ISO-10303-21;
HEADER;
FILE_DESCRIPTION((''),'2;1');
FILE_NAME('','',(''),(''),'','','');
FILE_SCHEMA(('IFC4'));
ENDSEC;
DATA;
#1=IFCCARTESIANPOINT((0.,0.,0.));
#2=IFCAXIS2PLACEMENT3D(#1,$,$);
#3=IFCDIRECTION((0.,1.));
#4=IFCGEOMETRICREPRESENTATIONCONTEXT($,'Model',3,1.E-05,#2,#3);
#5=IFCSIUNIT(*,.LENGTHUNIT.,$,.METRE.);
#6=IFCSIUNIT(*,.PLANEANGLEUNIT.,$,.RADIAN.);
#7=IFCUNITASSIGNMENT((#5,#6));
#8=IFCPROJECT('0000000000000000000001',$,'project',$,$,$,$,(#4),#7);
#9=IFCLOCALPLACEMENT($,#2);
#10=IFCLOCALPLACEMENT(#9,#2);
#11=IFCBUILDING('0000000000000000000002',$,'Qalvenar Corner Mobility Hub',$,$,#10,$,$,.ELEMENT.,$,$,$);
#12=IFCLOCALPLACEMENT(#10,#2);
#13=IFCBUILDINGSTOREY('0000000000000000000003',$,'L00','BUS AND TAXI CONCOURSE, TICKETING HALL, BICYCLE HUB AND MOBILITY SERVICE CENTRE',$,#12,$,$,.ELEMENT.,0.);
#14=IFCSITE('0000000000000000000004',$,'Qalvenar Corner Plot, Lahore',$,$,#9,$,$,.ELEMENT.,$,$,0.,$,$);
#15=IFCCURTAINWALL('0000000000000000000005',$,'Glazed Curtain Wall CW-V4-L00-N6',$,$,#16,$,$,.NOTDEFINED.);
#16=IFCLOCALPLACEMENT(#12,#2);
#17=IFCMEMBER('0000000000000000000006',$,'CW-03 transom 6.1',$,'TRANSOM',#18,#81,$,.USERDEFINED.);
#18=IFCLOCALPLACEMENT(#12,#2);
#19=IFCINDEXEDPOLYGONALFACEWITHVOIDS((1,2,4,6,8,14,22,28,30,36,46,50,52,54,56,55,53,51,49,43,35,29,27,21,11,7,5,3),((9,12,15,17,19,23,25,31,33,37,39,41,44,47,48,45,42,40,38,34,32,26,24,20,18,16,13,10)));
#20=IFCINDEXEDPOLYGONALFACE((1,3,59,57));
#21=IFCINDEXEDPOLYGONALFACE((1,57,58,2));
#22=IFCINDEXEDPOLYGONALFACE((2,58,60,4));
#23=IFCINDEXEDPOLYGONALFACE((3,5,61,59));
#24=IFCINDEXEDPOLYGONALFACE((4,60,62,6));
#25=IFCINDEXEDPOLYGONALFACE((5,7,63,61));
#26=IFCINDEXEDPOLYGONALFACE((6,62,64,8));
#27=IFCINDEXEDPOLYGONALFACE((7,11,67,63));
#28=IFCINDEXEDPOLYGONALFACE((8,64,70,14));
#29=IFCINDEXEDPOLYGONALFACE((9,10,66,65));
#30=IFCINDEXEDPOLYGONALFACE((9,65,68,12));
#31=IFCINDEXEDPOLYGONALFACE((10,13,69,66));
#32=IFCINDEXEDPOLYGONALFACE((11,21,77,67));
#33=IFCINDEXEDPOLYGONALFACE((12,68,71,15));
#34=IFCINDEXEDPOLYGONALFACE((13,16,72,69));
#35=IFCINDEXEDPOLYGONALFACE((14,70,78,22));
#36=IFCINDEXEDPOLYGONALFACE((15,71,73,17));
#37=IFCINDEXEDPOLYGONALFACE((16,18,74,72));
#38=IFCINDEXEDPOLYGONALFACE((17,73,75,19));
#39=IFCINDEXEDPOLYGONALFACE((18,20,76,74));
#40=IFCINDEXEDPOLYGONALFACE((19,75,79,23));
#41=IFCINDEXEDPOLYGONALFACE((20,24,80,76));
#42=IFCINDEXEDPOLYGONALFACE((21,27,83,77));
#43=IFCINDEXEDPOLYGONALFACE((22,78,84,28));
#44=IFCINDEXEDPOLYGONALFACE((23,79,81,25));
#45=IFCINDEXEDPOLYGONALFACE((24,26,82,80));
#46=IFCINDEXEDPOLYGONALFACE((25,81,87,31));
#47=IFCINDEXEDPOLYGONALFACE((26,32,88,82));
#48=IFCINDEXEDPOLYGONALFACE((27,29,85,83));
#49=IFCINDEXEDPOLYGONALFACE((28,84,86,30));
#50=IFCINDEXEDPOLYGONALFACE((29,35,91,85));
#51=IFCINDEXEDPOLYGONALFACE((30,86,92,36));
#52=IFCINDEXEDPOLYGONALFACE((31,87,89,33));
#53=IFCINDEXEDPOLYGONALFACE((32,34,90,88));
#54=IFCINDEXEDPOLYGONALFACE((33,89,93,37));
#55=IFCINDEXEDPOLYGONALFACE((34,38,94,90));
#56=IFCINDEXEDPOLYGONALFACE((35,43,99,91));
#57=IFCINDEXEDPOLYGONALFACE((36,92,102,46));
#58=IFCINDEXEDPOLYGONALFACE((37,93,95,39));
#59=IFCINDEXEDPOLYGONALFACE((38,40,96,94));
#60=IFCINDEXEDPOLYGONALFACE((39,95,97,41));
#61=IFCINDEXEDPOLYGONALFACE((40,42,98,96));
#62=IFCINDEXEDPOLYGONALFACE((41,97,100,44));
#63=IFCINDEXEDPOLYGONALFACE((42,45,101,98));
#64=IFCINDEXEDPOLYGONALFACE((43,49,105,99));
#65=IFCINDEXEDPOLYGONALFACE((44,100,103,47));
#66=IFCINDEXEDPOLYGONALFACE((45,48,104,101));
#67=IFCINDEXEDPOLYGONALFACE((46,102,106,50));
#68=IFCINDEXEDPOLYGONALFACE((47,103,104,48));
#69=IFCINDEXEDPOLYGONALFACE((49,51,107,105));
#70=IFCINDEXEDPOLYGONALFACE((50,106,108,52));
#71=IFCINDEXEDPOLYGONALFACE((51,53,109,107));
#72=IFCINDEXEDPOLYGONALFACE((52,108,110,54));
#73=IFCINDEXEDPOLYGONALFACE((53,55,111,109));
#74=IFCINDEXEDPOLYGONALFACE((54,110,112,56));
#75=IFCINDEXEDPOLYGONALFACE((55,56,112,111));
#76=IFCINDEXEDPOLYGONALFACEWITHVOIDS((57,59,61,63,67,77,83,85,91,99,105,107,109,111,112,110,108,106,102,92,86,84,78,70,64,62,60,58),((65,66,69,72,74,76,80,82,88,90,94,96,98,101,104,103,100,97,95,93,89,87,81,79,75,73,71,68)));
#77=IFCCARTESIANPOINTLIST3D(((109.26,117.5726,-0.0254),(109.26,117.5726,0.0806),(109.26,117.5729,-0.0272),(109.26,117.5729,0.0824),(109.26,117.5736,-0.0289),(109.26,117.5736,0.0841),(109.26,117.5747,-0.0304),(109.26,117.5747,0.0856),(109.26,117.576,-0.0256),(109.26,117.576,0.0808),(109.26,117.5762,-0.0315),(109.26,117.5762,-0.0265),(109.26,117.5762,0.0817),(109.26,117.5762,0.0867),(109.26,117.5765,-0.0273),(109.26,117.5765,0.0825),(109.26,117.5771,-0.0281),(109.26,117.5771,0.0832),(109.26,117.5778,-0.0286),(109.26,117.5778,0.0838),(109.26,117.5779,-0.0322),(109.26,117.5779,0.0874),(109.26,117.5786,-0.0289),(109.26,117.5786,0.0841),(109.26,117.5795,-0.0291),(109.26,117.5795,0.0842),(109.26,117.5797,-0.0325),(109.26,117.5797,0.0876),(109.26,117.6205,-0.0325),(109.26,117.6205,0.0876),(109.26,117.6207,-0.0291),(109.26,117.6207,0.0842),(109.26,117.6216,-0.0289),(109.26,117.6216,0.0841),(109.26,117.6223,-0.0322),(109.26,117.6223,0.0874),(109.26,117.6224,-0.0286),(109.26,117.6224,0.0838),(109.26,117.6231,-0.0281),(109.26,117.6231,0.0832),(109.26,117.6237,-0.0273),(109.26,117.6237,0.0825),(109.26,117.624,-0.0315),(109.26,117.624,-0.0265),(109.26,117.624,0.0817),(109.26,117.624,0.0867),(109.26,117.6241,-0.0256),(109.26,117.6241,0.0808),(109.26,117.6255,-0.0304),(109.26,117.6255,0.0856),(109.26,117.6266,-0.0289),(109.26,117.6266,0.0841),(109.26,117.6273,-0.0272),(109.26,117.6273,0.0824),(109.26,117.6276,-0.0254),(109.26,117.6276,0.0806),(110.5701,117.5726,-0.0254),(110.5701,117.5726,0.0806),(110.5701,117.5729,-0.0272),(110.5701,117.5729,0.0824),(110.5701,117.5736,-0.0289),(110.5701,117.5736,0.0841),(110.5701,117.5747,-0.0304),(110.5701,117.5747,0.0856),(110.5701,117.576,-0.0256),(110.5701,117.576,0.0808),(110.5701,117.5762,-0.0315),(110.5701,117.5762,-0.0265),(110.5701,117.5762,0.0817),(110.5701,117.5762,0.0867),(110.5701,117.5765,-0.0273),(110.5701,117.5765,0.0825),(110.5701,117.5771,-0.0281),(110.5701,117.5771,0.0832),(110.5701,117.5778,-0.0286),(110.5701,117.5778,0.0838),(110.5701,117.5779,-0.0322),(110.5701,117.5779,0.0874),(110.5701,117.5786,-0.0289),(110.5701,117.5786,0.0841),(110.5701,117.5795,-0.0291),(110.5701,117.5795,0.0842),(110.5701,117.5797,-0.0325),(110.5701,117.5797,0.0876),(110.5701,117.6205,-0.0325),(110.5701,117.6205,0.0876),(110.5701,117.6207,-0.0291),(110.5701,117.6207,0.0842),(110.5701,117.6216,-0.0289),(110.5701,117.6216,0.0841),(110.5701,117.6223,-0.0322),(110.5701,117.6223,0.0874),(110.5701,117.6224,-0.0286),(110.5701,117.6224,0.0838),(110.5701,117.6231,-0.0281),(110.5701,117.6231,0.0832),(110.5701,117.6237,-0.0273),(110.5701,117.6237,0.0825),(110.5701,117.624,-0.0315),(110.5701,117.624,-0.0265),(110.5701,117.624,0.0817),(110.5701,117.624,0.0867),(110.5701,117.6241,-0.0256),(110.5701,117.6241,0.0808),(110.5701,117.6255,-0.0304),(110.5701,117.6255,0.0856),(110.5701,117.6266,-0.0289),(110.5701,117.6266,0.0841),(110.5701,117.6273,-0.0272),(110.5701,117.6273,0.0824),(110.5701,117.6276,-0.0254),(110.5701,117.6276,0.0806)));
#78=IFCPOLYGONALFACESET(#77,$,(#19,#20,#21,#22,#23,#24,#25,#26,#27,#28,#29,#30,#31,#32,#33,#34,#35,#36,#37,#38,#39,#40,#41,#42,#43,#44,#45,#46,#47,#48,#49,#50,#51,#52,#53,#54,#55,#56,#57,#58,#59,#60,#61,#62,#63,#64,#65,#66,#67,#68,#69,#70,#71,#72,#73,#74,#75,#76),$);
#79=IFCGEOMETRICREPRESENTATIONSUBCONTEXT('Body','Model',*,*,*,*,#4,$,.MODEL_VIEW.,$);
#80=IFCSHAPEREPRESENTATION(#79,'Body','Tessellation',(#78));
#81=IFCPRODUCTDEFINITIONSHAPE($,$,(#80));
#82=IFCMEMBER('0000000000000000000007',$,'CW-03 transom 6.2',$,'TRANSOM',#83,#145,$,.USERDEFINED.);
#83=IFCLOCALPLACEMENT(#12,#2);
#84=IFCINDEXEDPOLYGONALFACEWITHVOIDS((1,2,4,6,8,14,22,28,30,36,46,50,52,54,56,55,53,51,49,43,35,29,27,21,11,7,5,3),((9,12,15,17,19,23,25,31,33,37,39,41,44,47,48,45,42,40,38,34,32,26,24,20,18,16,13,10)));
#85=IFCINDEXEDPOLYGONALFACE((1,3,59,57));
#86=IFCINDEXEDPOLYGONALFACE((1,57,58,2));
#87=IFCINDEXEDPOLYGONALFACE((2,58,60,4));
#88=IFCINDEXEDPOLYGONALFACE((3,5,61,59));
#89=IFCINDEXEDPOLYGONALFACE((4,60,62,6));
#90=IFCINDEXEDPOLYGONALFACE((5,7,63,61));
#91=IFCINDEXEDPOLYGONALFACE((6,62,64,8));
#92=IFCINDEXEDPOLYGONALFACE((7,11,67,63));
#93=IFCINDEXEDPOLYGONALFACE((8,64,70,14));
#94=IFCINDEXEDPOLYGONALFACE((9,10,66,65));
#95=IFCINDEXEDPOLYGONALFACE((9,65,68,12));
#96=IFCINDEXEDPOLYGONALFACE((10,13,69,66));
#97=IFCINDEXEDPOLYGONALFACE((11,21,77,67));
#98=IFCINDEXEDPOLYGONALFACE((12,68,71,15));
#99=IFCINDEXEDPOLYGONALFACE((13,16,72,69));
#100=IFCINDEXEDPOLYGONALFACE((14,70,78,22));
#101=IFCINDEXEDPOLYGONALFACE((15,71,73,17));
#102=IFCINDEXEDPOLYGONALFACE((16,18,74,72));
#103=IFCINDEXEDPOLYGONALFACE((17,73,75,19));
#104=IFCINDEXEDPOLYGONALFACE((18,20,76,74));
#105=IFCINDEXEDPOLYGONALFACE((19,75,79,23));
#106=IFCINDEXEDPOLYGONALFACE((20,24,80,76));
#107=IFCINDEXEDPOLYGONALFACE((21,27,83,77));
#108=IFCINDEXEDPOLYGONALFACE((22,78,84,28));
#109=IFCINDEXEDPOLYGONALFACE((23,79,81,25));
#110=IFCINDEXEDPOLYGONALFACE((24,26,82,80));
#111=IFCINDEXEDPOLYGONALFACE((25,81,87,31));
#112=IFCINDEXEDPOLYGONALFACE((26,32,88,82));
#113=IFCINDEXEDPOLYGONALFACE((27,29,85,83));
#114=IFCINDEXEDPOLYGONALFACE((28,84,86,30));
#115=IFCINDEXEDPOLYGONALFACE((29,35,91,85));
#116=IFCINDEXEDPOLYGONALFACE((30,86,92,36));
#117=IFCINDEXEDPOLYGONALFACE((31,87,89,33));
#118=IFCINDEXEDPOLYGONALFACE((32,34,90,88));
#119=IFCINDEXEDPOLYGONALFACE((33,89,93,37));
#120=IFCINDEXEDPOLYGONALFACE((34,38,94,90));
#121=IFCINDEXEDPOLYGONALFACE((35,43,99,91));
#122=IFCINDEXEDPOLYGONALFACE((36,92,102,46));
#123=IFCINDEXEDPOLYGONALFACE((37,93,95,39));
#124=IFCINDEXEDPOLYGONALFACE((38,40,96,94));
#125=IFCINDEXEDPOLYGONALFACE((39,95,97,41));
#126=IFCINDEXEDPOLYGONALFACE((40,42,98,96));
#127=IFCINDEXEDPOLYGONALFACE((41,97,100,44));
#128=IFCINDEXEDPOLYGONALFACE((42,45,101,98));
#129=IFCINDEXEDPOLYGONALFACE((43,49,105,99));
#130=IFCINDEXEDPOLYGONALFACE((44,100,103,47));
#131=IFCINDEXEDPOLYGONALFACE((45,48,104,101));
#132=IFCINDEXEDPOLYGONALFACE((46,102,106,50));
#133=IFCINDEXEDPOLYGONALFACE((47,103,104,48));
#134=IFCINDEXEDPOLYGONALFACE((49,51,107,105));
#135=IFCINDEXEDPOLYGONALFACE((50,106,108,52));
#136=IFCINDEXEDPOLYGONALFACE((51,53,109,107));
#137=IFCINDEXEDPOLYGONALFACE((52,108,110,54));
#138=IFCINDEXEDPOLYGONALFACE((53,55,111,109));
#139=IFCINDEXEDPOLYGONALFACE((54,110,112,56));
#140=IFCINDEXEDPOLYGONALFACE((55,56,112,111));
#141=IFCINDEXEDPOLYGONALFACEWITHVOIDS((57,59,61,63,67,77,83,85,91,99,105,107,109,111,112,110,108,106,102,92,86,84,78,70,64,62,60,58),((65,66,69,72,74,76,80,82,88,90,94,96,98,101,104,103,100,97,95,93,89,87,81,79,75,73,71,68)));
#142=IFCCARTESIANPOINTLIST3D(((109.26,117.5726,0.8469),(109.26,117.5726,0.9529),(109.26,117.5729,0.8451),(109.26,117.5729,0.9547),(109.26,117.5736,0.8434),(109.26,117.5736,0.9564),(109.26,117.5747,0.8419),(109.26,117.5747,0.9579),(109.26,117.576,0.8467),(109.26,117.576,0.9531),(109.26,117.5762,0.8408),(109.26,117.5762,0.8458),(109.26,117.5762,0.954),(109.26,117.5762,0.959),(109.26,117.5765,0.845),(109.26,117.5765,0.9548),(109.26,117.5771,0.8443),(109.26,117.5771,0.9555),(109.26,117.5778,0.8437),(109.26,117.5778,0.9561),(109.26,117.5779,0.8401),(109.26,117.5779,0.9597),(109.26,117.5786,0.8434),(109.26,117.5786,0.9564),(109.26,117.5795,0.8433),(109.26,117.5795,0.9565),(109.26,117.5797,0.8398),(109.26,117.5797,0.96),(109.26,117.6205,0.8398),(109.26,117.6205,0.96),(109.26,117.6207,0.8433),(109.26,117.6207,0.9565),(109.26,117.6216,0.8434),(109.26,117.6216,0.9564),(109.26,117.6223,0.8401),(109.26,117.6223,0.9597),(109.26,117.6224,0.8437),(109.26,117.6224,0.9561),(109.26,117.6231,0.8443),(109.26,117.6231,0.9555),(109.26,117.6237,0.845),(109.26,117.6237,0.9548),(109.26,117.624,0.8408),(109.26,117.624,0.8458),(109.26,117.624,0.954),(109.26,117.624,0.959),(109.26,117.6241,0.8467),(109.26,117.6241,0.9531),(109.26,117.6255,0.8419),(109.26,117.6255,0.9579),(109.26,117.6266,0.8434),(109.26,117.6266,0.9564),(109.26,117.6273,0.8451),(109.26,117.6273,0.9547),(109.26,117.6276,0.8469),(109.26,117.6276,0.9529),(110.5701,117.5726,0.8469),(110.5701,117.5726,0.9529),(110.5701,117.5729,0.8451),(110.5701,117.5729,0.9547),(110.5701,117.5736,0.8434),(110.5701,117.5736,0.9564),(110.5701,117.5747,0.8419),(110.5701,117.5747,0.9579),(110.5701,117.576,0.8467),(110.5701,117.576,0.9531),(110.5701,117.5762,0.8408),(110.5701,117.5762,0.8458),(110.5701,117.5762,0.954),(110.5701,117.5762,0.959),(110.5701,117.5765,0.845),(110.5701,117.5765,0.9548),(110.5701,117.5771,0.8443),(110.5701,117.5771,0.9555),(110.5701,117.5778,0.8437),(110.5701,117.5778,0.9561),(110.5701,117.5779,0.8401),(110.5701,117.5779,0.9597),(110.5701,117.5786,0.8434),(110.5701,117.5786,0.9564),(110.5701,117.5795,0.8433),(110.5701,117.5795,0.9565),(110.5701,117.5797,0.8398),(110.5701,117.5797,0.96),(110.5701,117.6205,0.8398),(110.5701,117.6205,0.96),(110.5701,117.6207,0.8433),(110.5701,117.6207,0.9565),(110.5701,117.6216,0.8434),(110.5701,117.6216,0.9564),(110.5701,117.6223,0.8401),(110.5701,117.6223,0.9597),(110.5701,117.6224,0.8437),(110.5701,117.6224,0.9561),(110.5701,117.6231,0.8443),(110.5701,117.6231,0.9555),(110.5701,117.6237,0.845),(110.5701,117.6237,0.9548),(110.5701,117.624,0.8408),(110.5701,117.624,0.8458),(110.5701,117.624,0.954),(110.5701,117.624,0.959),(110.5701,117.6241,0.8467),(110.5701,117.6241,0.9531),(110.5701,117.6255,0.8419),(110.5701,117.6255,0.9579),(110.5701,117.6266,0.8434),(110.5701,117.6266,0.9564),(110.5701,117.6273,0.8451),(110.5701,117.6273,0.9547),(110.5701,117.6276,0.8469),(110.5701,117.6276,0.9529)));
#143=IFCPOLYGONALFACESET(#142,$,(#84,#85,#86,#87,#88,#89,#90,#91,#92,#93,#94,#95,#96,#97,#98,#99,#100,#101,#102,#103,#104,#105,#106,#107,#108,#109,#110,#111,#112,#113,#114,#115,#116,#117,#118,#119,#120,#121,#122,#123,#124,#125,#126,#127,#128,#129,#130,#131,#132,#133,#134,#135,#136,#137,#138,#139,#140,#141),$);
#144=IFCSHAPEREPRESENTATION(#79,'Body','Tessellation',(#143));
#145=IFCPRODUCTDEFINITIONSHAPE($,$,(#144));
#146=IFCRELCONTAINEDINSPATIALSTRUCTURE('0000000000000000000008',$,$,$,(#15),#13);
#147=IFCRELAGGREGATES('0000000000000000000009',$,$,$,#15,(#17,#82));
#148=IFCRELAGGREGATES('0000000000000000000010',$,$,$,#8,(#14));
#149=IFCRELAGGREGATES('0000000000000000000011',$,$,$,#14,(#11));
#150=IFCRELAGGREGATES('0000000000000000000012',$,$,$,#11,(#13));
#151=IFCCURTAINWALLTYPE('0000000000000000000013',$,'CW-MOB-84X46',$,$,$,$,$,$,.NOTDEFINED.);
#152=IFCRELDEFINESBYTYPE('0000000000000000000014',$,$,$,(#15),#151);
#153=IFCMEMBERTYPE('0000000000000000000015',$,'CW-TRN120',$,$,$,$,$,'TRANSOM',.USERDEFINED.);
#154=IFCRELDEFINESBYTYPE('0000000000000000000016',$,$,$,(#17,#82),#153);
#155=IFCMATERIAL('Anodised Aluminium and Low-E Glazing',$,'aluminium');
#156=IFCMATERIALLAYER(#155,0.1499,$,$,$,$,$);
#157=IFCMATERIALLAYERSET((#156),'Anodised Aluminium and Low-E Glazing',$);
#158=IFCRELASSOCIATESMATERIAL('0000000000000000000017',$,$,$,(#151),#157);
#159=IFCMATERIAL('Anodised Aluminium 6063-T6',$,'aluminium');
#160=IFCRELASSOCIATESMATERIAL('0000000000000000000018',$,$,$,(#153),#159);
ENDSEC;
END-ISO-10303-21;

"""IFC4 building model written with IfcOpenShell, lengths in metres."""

from ifc_helpers import new_model, si_unit, direction, frame, origin, origin_2d, place, context, subcontext, project, spatial, hollow_rectangle, extrude, material, layer, layer_set, material_profile, profile_set, type_object, element, aggregate, save


model = new_model("IFC4")

# Units and contexts
model_context = context("Model", 3, precision=1e-05, world=origin(), true_north=direction((0.0, 1.0)))
body_context = subcontext(model_context, "Body", "Model", "MODEL_VIEW")
ifc_project = project(units=[si_unit("LENGTHUNIT", "METRE"), si_unit("PLANEANGLEUNIT", "RADIAN")], contexts=[model_context])

# Site, building, storey
site_placement = place(None, origin())
site = spatial("IfcSite", under=ifc_project, at=site_placement, Name="Qalvenar Corner Plot, Lahore", CompositionType="ELEMENT", RefElevation=0.0)
building_placement = place(site_placement, origin())
building = spatial("IfcBuilding", under=site, at=building_placement, Name="Qalvenar Corner Mobility Hub", CompositionType="ELEMENT")
storey_placement = place(building_placement, origin())
storey = spatial("IfcBuildingStorey", under=building, at=storey_placement, Name="L00", Description="BUS AND TAXI CONCOURSE, TICKETING HALL, BICYCLE HUB AND MOBILITY SERVICE CENTRE", CompositionType="ELEMENT", Elevation=0.0)

# Curtain wall, members
ifc_material_1 = material(Name="Anodised Aluminium and Low-E Glazing", Category="aluminium")
ifc_layer_1 = layer(ifc_material_1, 0.1499)
ifc_layer_set_1 = layer_set([ifc_layer_1], Name="Anodised Aluminium and Low-E Glazing")
curtain_wall_type = type_object("IfcCurtainWallType", Name="CW-MOB-84X46", PredefinedType="NOTDEFINED", material=ifc_layer_set_1)
curtain_wall_placement = place(storey_placement, origin())
curtain_wall = element("IfcCurtainWall", 1, at=curtain_wall_placement, inside=storey, type_object=curtain_wall_type, Name="Glazed Curtain Wall CW-V4-L00-N6", PredefinedType="NOTDEFINED")
ifc_material_2 = material(Name="Anodised Aluminium 6063-T6", Category="aluminium")
ifc_material_profile_1 = material_profile(ifc_material_2, hollow_rectangle(XDim=0.0549, YDim=0.1201, WallThickness=0.0034, InnerFilletRadius=0.0034, OuterFilletRadius=0.0071, at=origin_2d()), Name="RHS120x55x3.5")
ifc_profile_set_1 = profile_set([ifc_material_profile_1], Name="Anodised Aluminium 6063-T6")
member_type_1 = type_object("IfcMemberType", Name="CW-TRN120", ElementType="TRANSOM", PredefinedType="USERDEFINED", material=ifc_profile_set_1)
member_1_placement = place(storey_placement, frame((110.5701, 117.6001, 0.0276), z_axis=(-1.0, 0.0, 0.0), x_axis=(0.0, -1.0, 0.0)))
member_1 = element("IfcMember", 2, at=member_1_placement, type_object=member_type_1, Name="CW-03 transom 6.1", ObjectType="TRANSOM", PredefinedType="USERDEFINED", context=body_context, shape_type="SweptSolid", body=[
    extrude(hollow_rectangle(XDim=0.0549, YDim=0.1201, WallThickness=0.0034, InnerFilletRadius=0.0034, OuterFilletRadius=0.0071, at=origin_2d()), origin(), (0.0, 0.0, 1.0), 1.3101),
])
member_2_placement = place(storey_placement, frame((110.5701, 117.6001, 0.8999), z_axis=(-1.0, 0.0, 0.0), x_axis=(0.0, -1.0, 0.0)))
member_2 = element("IfcMember", 3, at=member_2_placement, type_object=member_type_1, Name="CW-03 transom 6.2", ObjectType="TRANSOM", PredefinedType="USERDEFINED", context=body_context, shape_type="SweptSolid", body=[
    extrude(hollow_rectangle(XDim=0.0549, YDim=0.1201, WallThickness=0.0034, InnerFilletRadius=0.0034, OuterFilletRadius=0.0071, at=origin_2d()), origin(), (0.0, 0.0, 1.0), 1.3101),
])
aggregate(curtain_wall, [member_1, member_2])

save(model, "model.ifc")
